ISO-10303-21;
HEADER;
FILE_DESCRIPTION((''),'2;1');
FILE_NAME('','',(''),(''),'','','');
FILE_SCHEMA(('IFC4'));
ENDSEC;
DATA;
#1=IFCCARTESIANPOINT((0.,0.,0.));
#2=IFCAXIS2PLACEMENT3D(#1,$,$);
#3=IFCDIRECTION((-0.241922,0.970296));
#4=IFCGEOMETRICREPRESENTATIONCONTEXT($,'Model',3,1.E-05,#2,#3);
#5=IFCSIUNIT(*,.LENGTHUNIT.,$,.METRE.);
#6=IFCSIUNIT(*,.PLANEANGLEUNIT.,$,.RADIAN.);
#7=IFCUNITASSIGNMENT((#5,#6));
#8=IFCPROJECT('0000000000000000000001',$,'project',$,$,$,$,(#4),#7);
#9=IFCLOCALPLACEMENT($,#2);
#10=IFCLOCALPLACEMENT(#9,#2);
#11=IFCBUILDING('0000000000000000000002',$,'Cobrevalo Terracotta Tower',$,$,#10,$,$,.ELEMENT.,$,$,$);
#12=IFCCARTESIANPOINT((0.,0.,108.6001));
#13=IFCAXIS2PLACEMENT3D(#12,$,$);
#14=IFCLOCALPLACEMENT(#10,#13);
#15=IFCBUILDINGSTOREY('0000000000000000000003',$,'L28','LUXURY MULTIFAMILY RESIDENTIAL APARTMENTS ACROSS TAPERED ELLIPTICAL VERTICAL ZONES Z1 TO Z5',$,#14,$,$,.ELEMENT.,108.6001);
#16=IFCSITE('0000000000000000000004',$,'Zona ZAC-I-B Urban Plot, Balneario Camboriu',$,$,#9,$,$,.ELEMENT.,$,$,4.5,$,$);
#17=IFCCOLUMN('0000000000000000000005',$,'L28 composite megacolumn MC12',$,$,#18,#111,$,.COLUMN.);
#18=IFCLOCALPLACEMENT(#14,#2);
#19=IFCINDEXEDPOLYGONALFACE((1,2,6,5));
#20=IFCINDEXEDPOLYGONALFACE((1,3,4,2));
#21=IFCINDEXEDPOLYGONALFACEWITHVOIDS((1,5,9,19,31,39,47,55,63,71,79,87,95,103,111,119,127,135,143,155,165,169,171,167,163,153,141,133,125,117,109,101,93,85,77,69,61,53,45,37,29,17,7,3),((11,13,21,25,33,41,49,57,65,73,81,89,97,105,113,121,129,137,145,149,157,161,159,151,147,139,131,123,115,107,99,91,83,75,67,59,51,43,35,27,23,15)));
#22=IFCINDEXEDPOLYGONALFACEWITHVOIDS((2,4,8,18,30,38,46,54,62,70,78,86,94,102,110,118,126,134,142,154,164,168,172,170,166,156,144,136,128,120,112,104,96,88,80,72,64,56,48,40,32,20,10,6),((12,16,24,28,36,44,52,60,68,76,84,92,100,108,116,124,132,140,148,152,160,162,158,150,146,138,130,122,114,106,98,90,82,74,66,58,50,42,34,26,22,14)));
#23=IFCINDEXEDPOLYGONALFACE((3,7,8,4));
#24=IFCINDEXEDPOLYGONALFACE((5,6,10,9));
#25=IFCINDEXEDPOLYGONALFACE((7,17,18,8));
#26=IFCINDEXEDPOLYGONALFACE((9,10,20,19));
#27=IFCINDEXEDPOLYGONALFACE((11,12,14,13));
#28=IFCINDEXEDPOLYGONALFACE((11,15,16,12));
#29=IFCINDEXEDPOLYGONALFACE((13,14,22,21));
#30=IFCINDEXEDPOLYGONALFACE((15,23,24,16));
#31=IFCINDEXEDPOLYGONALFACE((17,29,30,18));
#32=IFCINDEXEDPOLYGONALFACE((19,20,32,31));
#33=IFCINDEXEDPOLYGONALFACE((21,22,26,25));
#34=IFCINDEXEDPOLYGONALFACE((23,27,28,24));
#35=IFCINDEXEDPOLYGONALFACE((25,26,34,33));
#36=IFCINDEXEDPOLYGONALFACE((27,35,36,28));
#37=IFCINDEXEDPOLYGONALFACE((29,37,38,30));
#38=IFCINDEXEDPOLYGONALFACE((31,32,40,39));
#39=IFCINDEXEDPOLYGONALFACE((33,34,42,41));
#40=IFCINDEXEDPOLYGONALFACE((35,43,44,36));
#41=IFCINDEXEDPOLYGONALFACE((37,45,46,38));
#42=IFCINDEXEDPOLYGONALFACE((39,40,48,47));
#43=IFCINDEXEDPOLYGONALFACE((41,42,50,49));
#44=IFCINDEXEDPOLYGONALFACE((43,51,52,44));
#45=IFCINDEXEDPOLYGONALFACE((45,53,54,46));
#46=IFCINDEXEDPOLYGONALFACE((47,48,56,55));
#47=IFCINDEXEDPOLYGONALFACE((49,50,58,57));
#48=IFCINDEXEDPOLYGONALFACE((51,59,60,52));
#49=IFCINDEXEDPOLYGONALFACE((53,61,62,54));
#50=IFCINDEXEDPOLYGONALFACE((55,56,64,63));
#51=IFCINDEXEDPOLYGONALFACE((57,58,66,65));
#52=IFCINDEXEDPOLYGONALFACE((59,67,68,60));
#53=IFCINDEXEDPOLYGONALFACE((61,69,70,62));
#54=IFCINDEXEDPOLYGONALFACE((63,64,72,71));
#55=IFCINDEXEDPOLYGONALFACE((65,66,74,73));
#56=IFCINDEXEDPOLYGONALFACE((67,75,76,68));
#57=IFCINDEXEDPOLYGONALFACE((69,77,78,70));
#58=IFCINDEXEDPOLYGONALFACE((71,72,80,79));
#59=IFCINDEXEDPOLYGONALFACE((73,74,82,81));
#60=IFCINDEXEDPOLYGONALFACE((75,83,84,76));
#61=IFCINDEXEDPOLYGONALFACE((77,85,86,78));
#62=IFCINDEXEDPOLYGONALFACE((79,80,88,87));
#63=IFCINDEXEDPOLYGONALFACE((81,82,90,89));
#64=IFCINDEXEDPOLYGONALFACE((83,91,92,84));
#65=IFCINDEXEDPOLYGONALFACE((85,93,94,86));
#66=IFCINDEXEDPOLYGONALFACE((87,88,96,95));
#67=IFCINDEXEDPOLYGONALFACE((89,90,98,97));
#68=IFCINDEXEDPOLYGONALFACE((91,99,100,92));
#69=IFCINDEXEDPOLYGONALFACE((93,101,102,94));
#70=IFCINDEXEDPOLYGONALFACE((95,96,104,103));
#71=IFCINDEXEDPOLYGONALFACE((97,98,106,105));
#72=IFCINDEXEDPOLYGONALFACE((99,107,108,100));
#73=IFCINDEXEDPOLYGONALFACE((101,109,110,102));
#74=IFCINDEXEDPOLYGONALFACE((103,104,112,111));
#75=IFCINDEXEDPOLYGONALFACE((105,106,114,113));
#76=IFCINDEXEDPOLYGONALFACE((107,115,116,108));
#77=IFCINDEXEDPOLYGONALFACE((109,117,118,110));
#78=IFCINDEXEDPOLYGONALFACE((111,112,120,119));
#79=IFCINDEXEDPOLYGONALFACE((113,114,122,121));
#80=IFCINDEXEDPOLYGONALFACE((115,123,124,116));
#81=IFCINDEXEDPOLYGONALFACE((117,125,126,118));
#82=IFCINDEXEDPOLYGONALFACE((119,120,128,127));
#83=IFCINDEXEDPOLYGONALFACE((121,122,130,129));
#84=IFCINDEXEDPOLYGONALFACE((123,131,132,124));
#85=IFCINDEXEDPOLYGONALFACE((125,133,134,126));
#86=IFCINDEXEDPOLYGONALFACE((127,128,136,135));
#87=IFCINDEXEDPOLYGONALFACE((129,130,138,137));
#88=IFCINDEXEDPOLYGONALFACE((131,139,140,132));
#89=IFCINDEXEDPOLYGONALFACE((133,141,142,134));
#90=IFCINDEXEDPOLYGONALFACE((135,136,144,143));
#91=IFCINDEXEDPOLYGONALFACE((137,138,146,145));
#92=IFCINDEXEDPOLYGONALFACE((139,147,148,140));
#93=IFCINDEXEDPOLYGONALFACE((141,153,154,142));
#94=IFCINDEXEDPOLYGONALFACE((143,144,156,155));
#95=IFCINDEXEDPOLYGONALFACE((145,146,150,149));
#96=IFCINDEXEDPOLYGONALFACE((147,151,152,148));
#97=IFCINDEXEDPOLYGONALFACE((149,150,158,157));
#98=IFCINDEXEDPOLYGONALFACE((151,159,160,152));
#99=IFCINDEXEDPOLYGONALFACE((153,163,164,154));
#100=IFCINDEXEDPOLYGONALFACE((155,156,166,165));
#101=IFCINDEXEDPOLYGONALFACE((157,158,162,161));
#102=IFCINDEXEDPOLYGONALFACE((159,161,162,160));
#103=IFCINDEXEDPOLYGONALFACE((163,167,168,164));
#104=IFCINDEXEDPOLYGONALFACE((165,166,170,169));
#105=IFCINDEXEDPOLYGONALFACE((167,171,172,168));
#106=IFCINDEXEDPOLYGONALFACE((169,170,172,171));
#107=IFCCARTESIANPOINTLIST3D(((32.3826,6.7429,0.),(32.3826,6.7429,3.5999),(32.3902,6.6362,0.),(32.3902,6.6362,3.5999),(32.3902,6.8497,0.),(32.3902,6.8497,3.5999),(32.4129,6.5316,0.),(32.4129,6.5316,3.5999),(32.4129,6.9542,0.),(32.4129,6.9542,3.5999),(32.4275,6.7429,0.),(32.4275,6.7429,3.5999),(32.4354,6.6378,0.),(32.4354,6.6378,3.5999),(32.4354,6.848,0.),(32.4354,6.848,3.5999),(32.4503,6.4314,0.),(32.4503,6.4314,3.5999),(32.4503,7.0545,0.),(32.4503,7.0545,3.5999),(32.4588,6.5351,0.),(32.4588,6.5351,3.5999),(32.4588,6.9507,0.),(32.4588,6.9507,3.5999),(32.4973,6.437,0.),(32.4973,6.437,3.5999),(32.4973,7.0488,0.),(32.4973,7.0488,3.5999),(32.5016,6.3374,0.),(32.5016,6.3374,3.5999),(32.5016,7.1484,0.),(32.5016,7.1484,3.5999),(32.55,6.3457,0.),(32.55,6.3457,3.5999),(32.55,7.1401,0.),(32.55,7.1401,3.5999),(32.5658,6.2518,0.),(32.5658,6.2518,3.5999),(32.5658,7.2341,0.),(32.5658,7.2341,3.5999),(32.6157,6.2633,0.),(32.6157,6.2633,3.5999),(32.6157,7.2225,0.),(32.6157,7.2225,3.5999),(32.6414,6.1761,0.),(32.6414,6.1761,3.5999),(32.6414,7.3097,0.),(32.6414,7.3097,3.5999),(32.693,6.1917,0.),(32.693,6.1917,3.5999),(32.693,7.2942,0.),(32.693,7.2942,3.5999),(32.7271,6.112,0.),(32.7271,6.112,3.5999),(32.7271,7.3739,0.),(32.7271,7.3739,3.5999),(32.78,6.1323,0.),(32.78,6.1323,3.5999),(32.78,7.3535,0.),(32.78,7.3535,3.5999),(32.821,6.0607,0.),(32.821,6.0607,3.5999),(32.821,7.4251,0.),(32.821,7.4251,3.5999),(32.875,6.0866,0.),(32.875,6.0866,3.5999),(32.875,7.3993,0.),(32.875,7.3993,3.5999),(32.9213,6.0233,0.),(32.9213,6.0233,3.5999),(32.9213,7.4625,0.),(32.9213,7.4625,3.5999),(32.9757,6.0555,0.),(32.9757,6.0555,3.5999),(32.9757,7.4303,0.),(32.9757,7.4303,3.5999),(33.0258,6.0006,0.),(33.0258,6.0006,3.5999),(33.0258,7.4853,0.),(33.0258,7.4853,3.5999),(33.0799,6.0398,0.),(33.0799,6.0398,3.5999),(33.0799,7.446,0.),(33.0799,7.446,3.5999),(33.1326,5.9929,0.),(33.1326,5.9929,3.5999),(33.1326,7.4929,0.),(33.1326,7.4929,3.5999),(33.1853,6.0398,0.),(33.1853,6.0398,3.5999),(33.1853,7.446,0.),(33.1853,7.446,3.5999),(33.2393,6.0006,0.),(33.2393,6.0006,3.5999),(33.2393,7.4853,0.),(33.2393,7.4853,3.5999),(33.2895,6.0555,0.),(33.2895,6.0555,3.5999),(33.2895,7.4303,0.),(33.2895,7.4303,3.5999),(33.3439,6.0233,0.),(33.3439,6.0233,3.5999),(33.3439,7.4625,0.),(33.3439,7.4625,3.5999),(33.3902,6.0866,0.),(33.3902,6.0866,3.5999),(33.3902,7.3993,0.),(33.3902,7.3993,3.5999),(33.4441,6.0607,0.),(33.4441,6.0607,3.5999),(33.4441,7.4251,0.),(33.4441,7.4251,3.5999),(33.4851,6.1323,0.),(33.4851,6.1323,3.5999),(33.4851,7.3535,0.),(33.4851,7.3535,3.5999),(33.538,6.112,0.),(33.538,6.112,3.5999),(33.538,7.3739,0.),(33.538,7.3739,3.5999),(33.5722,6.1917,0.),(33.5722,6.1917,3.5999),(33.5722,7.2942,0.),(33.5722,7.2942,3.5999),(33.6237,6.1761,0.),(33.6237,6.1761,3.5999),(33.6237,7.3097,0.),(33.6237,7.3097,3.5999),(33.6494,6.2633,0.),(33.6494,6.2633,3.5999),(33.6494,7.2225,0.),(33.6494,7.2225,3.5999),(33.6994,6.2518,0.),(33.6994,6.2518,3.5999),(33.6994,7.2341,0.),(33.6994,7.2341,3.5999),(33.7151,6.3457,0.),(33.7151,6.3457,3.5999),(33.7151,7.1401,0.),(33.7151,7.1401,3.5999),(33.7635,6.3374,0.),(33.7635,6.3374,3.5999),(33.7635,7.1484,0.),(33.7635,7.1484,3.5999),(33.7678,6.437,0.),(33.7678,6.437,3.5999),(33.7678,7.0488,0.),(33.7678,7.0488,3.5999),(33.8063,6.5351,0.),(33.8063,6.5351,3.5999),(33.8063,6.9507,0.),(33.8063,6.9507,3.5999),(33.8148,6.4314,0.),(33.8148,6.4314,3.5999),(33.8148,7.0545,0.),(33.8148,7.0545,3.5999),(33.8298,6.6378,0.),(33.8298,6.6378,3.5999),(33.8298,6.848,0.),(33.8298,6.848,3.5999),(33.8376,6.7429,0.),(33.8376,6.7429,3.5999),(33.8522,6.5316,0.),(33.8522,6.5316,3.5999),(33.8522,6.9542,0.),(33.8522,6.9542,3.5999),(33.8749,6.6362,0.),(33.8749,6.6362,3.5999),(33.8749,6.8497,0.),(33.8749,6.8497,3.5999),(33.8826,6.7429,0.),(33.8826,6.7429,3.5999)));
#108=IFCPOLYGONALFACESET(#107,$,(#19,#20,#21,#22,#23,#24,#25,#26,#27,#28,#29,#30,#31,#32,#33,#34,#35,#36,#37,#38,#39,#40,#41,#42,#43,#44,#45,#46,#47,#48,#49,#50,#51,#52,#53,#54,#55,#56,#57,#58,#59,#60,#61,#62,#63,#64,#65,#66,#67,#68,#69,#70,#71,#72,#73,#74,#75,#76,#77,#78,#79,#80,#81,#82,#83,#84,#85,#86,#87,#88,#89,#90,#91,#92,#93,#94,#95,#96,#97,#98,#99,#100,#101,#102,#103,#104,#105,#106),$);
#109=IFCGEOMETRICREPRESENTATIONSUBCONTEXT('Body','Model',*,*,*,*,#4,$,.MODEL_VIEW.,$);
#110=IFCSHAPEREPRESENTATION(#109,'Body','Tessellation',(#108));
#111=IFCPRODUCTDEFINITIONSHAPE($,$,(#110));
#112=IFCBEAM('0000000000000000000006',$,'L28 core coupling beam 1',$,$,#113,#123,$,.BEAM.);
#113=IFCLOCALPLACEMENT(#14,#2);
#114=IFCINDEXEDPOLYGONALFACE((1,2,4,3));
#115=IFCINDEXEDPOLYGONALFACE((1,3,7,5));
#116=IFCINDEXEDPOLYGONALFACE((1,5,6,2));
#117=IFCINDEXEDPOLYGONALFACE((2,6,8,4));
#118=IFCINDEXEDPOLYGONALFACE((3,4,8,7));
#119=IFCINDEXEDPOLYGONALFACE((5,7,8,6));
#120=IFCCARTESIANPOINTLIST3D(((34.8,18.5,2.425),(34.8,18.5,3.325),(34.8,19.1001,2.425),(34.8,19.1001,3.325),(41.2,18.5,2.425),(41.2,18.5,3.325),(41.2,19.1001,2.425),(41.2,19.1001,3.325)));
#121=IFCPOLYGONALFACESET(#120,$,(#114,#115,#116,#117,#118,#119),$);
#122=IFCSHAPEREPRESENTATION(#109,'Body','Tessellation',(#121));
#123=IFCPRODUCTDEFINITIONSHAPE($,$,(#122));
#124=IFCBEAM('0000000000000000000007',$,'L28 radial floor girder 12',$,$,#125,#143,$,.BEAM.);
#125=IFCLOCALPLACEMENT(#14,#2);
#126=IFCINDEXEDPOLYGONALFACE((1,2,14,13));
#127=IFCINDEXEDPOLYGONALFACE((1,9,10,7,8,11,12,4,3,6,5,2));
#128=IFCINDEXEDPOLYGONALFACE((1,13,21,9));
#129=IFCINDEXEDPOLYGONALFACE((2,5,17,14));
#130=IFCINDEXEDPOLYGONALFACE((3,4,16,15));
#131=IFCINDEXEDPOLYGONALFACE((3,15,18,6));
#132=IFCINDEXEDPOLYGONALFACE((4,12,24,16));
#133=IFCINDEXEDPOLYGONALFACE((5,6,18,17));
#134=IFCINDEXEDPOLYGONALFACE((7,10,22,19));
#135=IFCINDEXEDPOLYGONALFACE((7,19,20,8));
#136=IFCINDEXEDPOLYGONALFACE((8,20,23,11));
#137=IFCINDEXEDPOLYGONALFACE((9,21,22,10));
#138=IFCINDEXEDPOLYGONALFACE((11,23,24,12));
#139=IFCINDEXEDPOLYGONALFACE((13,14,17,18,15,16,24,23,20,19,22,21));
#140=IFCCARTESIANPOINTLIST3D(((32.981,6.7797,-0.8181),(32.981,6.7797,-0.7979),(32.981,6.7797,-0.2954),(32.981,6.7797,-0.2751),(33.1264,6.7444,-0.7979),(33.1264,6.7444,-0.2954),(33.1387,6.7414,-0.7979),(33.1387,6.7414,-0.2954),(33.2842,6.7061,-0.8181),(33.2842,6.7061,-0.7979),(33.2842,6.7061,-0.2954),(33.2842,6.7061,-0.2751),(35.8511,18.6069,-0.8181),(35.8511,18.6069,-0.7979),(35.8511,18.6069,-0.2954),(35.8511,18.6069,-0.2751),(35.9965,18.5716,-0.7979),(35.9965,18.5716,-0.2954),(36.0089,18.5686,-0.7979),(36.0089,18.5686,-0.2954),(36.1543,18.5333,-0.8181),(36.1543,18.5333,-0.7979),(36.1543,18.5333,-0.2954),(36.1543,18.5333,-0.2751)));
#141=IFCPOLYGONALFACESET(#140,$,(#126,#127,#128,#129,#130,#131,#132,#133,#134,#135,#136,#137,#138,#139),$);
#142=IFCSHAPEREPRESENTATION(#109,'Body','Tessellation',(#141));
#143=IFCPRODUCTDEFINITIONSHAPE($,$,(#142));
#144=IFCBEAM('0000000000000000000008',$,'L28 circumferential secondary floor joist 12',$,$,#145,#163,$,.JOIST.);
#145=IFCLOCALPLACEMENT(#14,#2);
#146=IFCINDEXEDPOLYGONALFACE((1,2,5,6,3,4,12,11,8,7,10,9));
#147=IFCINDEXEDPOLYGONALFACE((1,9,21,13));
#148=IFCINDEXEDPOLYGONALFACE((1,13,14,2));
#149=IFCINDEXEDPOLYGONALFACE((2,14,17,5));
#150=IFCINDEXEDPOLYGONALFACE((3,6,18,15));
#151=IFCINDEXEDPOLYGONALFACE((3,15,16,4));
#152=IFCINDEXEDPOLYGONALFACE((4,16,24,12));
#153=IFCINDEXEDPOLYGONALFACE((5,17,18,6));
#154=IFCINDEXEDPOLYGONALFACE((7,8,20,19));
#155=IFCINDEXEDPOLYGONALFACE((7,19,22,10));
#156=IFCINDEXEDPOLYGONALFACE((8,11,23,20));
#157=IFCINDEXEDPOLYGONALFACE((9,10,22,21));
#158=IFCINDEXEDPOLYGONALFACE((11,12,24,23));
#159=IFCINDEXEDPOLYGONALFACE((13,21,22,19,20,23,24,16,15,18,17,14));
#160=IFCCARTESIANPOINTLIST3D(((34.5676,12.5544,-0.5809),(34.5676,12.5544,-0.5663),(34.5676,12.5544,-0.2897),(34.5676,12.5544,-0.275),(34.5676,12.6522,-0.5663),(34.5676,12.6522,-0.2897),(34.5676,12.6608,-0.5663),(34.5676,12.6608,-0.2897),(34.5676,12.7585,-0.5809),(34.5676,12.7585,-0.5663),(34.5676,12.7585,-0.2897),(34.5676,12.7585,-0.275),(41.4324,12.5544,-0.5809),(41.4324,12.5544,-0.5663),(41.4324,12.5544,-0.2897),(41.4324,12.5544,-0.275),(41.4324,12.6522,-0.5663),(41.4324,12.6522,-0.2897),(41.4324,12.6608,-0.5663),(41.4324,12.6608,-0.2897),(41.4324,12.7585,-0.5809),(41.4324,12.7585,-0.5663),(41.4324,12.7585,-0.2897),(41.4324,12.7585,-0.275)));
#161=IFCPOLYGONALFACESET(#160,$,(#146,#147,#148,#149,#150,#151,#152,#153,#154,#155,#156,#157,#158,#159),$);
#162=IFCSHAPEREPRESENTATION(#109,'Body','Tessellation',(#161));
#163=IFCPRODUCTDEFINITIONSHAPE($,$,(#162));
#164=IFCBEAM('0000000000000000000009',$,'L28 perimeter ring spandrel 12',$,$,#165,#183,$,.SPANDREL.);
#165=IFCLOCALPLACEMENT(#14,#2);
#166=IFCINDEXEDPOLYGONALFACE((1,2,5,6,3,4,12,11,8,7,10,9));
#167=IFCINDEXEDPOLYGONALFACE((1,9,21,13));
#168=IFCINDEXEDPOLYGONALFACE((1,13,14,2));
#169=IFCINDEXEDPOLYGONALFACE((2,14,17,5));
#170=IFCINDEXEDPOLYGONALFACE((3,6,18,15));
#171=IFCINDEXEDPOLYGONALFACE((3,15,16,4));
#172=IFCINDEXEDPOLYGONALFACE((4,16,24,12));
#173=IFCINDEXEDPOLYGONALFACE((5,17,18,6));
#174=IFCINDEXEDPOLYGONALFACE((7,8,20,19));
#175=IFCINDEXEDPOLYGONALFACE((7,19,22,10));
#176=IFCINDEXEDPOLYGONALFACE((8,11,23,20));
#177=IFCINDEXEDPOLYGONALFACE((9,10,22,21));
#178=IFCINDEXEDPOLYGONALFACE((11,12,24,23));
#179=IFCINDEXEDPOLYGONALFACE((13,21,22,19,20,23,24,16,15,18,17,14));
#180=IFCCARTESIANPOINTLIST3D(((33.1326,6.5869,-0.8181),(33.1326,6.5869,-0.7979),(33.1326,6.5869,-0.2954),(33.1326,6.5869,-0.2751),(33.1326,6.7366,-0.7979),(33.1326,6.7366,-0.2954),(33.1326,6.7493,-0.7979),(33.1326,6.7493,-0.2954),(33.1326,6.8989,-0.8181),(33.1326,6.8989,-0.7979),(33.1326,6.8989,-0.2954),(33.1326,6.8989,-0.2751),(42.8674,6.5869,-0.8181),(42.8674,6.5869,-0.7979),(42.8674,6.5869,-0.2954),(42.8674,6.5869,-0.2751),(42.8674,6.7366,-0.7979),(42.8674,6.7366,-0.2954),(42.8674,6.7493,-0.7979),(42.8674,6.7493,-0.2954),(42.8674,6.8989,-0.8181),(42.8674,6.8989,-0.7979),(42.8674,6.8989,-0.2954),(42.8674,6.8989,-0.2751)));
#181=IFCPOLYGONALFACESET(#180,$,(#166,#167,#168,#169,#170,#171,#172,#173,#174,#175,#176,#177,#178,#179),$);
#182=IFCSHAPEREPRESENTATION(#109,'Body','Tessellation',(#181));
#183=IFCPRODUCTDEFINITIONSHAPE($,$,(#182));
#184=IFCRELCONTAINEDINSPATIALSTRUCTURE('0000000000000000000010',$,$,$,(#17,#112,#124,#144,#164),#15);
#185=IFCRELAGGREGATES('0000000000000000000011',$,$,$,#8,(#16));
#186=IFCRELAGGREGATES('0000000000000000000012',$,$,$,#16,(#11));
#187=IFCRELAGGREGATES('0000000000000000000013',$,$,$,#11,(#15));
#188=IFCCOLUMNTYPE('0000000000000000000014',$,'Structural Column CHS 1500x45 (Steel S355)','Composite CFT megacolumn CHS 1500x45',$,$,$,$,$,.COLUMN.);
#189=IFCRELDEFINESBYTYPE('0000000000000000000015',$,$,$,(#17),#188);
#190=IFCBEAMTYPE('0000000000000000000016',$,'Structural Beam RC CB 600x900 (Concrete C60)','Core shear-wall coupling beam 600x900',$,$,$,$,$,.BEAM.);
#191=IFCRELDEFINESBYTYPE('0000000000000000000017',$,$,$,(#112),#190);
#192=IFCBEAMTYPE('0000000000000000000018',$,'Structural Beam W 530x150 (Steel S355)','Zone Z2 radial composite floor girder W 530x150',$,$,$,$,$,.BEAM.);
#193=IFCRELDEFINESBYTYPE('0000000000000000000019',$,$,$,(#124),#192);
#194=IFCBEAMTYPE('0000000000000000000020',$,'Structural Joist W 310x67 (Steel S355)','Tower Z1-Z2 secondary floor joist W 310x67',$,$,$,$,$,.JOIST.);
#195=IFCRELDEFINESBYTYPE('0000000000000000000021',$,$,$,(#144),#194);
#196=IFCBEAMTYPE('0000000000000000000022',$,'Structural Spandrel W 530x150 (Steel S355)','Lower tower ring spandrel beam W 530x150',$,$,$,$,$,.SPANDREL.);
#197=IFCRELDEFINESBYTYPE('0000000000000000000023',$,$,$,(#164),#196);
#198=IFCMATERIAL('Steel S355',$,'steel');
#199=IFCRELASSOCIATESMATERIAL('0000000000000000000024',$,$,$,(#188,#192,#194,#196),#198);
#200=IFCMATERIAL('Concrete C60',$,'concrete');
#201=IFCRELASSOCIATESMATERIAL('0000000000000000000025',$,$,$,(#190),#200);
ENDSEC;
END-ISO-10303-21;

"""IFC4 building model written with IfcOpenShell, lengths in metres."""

from ifc_helpers import new_model, si_unit, direction, frame, origin, origin_2d, place, context, subcontext, project, spatial, rectangle, hollow_circle, i_section, extrude, material, material_profile, profile_set, type_object, element, save


model = new_model("IFC4")

# Units and contexts
model_context = context("Model", 3, precision=1e-05, world=origin(), true_north=direction((-0.241922, 0.970296)))
body_context = subcontext(model_context, "Body", "Model", "MODEL_VIEW")
ifc_project = project(units=[si_unit("LENGTHUNIT", "METRE"), si_unit("PLANEANGLEUNIT", "RADIAN")], contexts=[model_context])

# Site, building, storey
site_placement = place(None, origin())
site = spatial("IfcSite", under=ifc_project, at=site_placement, Name="Zona ZAC-I-B Urban Plot, Balneario Camboriu", CompositionType="ELEMENT", RefElevation=4.5)
building_placement = place(site_placement, origin())
building = spatial("IfcBuilding", under=site, at=building_placement, Name="Cobrevalo Terracotta Tower", CompositionType="ELEMENT")
storey_placement = place(building_placement, frame((0.0, 0.0, 108.6001)))
storey = spatial("IfcBuildingStorey", under=building, at=storey_placement, Name="L28", Description="LUXURY MULTIFAMILY RESIDENTIAL APARTMENTS ACROSS TAPERED ELLIPTICAL VERTICAL ZONES Z1 TO Z5", CompositionType="ELEMENT", Elevation=108.6001)

# Column
ifc_material_1 = material(Name="Steel S355", Category="steel")
ifc_material_profile_1 = material_profile(ifc_material_1, hollow_circle(Radius=0.75, WallThickness=0.0449, at=origin_2d()), Name="CHS 1500x45")
ifc_profile_set_1 = profile_set([ifc_material_profile_1], Name="Steel S355")
column_type = type_object("IfcColumnType", Name="Structural Column CHS 1500x45 (Steel S355)", Description="Composite CFT megacolumn CHS 1500x45", PredefinedType="COLUMN", material=ifc_profile_set_1)
column_placement = place(storey_placement, frame((33.1326, 6.7429, 0.0), z_axis=(0.0, 0.0, 1.0), x_axis=(1.0, 0.0, 0.0)))
element("IfcColumn", 1, at=column_placement, inside=storey, type_object=column_type, Name="L28 composite megacolumn MC12", PredefinedType="COLUMN", context=body_context, shape_type="SweptSolid", body=[
    extrude(hollow_circle(Radius=0.75, WallThickness=0.0449, at=origin_2d()), origin(), (0.0, 0.0, 1.0), 3.5999),
])

# Beams
ifc_material_2 = material(Name="Concrete C60", Category="concrete")
ifc_material_profile_2 = material_profile(ifc_material_2, rectangle(XDim=0.6001, YDim=0.8999, at=origin_2d()), Name="RC CB 600x900")
ifc_profile_set_2 = profile_set([ifc_material_profile_2], Name="Concrete C60")
beam_type_1 = type_object("IfcBeamType", Name="Structural Beam RC CB 600x900 (Concrete C60)", Description="Core shear-wall coupling beam 600x900", PredefinedType="BEAM", material=ifc_profile_set_2)
beam_1_placement = place(storey_placement, frame((34.8, 18.8, 2.875), z_axis=(1.0, 0.0, 0.0), x_axis=(0.0, 1.0, 0.0)))
element("IfcBeam", 2, at=beam_1_placement, inside=storey, type_object=beam_type_1, Name="L28 core coupling beam 1", PredefinedType="BEAM", context=body_context, shape_type="SweptSolid", body=[
    extrude(rectangle(XDim=0.6001, YDim=0.8999, at=origin_2d()), origin(), (0.0, 0.0, 1.0), 6.3999),
])
ifc_material_profile_3 = material_profile(ifc_material_1, i_section(OverallWidth=0.312, OverallDepth=0.543, WebThickness=0.0127, FlangeThickness=0.0203, at=origin_2d()), Name="W 530x150")
ifc_profile_set_3 = profile_set([ifc_material_profile_3], Name="Steel S355")
beam_type_2 = type_object("IfcBeamType", Name="Structural Beam W 530x150 (Steel S355)", Description="Zone Z2 radial composite floor girder W 530x150", PredefinedType="BEAM", material=ifc_profile_set_3)
beam_2_placement = place(storey_placement, frame((33.1326, 6.7429, -0.5466), z_axis=(0.235827, 0.971795, 0.0), x_axis=(-0.971795, 0.235827, 0.0)))
element("IfcBeam", 3, at=beam_2_placement, inside=storey, type_object=beam_type_2, Name="L28 radial floor girder 12", PredefinedType="BEAM", context=body_context, shape_type="SweptSolid", body=[
    extrude(i_section(OverallWidth=0.312, OverallDepth=0.543, WebThickness=0.0127, FlangeThickness=0.0203, at=origin_2d()), origin(), (0.0, 0.0, 1.0), 12.1704),
])
ifc_material_profile_4 = material_profile(ifc_material_1, i_section(OverallWidth=0.2041, OverallDepth=0.3059, WebThickness=0.0085, FlangeThickness=0.0146, at=origin_2d()), Name="W 310x67")
ifc_profile_set_4 = profile_set([ifc_material_profile_4], Name="Steel S355")
beam_type_3 = type_object("IfcBeamType", Name="Structural Joist W 310x67 (Steel S355)", Description="Tower Z1-Z2 secondary floor joist W 310x67", PredefinedType="JOIST", material=ifc_profile_set_4)
beam_3_placement = place(storey_placement, frame((34.5676, 12.6565, -0.428), z_axis=(1.0, 0.0, 0.0), x_axis=(0.0, 1.0, 0.0)))
element("IfcBeam", 4, at=beam_3_placement, inside=storey, type_object=beam_type_3, Name="L28 circumferential secondary floor joist 12", PredefinedType="JOIST", context=body_context, shape_type="SweptSolid", body=[
    extrude(i_section(OverallWidth=0.2041, OverallDepth=0.3059, WebThickness=0.0085, FlangeThickness=0.0146, at=origin_2d()), origin(), (0.0, 0.0, 1.0), 6.8647),
])
ifc_material_profile_5 = material_profile(ifc_material_1, i_section(OverallWidth=0.312, OverallDepth=0.543, WebThickness=0.0127, FlangeThickness=0.0203, at=origin_2d()), Name="W 530x150")
ifc_profile_set_5 = profile_set([ifc_material_profile_5], Name="Steel S355")
beam_type_4 = type_object("IfcBeamType", Name="Structural Spandrel W 530x150 (Steel S355)", Description="Lower tower ring spandrel beam W 530x150", PredefinedType="SPANDREL", material=ifc_profile_set_5)
beam_4_placement = place(storey_placement, frame((33.1326, 6.7429, -0.5466), z_axis=(1.0, 0.0, 0.0), x_axis=(0.0, 1.0, 0.0)))
element("IfcBeam", 5, at=beam_4_placement, inside=storey, type_object=beam_type_4, Name="L28 perimeter ring spandrel 12", PredefinedType="SPANDREL", context=body_context, shape_type="SweptSolid", body=[
    extrude(i_section(OverallWidth=0.312, OverallDepth=0.543, WebThickness=0.0127, FlangeThickness=0.0203, at=origin_2d()), origin(), (0.0, 0.0, 1.0), 9.7349),
])

save(model, "model.ifc")
